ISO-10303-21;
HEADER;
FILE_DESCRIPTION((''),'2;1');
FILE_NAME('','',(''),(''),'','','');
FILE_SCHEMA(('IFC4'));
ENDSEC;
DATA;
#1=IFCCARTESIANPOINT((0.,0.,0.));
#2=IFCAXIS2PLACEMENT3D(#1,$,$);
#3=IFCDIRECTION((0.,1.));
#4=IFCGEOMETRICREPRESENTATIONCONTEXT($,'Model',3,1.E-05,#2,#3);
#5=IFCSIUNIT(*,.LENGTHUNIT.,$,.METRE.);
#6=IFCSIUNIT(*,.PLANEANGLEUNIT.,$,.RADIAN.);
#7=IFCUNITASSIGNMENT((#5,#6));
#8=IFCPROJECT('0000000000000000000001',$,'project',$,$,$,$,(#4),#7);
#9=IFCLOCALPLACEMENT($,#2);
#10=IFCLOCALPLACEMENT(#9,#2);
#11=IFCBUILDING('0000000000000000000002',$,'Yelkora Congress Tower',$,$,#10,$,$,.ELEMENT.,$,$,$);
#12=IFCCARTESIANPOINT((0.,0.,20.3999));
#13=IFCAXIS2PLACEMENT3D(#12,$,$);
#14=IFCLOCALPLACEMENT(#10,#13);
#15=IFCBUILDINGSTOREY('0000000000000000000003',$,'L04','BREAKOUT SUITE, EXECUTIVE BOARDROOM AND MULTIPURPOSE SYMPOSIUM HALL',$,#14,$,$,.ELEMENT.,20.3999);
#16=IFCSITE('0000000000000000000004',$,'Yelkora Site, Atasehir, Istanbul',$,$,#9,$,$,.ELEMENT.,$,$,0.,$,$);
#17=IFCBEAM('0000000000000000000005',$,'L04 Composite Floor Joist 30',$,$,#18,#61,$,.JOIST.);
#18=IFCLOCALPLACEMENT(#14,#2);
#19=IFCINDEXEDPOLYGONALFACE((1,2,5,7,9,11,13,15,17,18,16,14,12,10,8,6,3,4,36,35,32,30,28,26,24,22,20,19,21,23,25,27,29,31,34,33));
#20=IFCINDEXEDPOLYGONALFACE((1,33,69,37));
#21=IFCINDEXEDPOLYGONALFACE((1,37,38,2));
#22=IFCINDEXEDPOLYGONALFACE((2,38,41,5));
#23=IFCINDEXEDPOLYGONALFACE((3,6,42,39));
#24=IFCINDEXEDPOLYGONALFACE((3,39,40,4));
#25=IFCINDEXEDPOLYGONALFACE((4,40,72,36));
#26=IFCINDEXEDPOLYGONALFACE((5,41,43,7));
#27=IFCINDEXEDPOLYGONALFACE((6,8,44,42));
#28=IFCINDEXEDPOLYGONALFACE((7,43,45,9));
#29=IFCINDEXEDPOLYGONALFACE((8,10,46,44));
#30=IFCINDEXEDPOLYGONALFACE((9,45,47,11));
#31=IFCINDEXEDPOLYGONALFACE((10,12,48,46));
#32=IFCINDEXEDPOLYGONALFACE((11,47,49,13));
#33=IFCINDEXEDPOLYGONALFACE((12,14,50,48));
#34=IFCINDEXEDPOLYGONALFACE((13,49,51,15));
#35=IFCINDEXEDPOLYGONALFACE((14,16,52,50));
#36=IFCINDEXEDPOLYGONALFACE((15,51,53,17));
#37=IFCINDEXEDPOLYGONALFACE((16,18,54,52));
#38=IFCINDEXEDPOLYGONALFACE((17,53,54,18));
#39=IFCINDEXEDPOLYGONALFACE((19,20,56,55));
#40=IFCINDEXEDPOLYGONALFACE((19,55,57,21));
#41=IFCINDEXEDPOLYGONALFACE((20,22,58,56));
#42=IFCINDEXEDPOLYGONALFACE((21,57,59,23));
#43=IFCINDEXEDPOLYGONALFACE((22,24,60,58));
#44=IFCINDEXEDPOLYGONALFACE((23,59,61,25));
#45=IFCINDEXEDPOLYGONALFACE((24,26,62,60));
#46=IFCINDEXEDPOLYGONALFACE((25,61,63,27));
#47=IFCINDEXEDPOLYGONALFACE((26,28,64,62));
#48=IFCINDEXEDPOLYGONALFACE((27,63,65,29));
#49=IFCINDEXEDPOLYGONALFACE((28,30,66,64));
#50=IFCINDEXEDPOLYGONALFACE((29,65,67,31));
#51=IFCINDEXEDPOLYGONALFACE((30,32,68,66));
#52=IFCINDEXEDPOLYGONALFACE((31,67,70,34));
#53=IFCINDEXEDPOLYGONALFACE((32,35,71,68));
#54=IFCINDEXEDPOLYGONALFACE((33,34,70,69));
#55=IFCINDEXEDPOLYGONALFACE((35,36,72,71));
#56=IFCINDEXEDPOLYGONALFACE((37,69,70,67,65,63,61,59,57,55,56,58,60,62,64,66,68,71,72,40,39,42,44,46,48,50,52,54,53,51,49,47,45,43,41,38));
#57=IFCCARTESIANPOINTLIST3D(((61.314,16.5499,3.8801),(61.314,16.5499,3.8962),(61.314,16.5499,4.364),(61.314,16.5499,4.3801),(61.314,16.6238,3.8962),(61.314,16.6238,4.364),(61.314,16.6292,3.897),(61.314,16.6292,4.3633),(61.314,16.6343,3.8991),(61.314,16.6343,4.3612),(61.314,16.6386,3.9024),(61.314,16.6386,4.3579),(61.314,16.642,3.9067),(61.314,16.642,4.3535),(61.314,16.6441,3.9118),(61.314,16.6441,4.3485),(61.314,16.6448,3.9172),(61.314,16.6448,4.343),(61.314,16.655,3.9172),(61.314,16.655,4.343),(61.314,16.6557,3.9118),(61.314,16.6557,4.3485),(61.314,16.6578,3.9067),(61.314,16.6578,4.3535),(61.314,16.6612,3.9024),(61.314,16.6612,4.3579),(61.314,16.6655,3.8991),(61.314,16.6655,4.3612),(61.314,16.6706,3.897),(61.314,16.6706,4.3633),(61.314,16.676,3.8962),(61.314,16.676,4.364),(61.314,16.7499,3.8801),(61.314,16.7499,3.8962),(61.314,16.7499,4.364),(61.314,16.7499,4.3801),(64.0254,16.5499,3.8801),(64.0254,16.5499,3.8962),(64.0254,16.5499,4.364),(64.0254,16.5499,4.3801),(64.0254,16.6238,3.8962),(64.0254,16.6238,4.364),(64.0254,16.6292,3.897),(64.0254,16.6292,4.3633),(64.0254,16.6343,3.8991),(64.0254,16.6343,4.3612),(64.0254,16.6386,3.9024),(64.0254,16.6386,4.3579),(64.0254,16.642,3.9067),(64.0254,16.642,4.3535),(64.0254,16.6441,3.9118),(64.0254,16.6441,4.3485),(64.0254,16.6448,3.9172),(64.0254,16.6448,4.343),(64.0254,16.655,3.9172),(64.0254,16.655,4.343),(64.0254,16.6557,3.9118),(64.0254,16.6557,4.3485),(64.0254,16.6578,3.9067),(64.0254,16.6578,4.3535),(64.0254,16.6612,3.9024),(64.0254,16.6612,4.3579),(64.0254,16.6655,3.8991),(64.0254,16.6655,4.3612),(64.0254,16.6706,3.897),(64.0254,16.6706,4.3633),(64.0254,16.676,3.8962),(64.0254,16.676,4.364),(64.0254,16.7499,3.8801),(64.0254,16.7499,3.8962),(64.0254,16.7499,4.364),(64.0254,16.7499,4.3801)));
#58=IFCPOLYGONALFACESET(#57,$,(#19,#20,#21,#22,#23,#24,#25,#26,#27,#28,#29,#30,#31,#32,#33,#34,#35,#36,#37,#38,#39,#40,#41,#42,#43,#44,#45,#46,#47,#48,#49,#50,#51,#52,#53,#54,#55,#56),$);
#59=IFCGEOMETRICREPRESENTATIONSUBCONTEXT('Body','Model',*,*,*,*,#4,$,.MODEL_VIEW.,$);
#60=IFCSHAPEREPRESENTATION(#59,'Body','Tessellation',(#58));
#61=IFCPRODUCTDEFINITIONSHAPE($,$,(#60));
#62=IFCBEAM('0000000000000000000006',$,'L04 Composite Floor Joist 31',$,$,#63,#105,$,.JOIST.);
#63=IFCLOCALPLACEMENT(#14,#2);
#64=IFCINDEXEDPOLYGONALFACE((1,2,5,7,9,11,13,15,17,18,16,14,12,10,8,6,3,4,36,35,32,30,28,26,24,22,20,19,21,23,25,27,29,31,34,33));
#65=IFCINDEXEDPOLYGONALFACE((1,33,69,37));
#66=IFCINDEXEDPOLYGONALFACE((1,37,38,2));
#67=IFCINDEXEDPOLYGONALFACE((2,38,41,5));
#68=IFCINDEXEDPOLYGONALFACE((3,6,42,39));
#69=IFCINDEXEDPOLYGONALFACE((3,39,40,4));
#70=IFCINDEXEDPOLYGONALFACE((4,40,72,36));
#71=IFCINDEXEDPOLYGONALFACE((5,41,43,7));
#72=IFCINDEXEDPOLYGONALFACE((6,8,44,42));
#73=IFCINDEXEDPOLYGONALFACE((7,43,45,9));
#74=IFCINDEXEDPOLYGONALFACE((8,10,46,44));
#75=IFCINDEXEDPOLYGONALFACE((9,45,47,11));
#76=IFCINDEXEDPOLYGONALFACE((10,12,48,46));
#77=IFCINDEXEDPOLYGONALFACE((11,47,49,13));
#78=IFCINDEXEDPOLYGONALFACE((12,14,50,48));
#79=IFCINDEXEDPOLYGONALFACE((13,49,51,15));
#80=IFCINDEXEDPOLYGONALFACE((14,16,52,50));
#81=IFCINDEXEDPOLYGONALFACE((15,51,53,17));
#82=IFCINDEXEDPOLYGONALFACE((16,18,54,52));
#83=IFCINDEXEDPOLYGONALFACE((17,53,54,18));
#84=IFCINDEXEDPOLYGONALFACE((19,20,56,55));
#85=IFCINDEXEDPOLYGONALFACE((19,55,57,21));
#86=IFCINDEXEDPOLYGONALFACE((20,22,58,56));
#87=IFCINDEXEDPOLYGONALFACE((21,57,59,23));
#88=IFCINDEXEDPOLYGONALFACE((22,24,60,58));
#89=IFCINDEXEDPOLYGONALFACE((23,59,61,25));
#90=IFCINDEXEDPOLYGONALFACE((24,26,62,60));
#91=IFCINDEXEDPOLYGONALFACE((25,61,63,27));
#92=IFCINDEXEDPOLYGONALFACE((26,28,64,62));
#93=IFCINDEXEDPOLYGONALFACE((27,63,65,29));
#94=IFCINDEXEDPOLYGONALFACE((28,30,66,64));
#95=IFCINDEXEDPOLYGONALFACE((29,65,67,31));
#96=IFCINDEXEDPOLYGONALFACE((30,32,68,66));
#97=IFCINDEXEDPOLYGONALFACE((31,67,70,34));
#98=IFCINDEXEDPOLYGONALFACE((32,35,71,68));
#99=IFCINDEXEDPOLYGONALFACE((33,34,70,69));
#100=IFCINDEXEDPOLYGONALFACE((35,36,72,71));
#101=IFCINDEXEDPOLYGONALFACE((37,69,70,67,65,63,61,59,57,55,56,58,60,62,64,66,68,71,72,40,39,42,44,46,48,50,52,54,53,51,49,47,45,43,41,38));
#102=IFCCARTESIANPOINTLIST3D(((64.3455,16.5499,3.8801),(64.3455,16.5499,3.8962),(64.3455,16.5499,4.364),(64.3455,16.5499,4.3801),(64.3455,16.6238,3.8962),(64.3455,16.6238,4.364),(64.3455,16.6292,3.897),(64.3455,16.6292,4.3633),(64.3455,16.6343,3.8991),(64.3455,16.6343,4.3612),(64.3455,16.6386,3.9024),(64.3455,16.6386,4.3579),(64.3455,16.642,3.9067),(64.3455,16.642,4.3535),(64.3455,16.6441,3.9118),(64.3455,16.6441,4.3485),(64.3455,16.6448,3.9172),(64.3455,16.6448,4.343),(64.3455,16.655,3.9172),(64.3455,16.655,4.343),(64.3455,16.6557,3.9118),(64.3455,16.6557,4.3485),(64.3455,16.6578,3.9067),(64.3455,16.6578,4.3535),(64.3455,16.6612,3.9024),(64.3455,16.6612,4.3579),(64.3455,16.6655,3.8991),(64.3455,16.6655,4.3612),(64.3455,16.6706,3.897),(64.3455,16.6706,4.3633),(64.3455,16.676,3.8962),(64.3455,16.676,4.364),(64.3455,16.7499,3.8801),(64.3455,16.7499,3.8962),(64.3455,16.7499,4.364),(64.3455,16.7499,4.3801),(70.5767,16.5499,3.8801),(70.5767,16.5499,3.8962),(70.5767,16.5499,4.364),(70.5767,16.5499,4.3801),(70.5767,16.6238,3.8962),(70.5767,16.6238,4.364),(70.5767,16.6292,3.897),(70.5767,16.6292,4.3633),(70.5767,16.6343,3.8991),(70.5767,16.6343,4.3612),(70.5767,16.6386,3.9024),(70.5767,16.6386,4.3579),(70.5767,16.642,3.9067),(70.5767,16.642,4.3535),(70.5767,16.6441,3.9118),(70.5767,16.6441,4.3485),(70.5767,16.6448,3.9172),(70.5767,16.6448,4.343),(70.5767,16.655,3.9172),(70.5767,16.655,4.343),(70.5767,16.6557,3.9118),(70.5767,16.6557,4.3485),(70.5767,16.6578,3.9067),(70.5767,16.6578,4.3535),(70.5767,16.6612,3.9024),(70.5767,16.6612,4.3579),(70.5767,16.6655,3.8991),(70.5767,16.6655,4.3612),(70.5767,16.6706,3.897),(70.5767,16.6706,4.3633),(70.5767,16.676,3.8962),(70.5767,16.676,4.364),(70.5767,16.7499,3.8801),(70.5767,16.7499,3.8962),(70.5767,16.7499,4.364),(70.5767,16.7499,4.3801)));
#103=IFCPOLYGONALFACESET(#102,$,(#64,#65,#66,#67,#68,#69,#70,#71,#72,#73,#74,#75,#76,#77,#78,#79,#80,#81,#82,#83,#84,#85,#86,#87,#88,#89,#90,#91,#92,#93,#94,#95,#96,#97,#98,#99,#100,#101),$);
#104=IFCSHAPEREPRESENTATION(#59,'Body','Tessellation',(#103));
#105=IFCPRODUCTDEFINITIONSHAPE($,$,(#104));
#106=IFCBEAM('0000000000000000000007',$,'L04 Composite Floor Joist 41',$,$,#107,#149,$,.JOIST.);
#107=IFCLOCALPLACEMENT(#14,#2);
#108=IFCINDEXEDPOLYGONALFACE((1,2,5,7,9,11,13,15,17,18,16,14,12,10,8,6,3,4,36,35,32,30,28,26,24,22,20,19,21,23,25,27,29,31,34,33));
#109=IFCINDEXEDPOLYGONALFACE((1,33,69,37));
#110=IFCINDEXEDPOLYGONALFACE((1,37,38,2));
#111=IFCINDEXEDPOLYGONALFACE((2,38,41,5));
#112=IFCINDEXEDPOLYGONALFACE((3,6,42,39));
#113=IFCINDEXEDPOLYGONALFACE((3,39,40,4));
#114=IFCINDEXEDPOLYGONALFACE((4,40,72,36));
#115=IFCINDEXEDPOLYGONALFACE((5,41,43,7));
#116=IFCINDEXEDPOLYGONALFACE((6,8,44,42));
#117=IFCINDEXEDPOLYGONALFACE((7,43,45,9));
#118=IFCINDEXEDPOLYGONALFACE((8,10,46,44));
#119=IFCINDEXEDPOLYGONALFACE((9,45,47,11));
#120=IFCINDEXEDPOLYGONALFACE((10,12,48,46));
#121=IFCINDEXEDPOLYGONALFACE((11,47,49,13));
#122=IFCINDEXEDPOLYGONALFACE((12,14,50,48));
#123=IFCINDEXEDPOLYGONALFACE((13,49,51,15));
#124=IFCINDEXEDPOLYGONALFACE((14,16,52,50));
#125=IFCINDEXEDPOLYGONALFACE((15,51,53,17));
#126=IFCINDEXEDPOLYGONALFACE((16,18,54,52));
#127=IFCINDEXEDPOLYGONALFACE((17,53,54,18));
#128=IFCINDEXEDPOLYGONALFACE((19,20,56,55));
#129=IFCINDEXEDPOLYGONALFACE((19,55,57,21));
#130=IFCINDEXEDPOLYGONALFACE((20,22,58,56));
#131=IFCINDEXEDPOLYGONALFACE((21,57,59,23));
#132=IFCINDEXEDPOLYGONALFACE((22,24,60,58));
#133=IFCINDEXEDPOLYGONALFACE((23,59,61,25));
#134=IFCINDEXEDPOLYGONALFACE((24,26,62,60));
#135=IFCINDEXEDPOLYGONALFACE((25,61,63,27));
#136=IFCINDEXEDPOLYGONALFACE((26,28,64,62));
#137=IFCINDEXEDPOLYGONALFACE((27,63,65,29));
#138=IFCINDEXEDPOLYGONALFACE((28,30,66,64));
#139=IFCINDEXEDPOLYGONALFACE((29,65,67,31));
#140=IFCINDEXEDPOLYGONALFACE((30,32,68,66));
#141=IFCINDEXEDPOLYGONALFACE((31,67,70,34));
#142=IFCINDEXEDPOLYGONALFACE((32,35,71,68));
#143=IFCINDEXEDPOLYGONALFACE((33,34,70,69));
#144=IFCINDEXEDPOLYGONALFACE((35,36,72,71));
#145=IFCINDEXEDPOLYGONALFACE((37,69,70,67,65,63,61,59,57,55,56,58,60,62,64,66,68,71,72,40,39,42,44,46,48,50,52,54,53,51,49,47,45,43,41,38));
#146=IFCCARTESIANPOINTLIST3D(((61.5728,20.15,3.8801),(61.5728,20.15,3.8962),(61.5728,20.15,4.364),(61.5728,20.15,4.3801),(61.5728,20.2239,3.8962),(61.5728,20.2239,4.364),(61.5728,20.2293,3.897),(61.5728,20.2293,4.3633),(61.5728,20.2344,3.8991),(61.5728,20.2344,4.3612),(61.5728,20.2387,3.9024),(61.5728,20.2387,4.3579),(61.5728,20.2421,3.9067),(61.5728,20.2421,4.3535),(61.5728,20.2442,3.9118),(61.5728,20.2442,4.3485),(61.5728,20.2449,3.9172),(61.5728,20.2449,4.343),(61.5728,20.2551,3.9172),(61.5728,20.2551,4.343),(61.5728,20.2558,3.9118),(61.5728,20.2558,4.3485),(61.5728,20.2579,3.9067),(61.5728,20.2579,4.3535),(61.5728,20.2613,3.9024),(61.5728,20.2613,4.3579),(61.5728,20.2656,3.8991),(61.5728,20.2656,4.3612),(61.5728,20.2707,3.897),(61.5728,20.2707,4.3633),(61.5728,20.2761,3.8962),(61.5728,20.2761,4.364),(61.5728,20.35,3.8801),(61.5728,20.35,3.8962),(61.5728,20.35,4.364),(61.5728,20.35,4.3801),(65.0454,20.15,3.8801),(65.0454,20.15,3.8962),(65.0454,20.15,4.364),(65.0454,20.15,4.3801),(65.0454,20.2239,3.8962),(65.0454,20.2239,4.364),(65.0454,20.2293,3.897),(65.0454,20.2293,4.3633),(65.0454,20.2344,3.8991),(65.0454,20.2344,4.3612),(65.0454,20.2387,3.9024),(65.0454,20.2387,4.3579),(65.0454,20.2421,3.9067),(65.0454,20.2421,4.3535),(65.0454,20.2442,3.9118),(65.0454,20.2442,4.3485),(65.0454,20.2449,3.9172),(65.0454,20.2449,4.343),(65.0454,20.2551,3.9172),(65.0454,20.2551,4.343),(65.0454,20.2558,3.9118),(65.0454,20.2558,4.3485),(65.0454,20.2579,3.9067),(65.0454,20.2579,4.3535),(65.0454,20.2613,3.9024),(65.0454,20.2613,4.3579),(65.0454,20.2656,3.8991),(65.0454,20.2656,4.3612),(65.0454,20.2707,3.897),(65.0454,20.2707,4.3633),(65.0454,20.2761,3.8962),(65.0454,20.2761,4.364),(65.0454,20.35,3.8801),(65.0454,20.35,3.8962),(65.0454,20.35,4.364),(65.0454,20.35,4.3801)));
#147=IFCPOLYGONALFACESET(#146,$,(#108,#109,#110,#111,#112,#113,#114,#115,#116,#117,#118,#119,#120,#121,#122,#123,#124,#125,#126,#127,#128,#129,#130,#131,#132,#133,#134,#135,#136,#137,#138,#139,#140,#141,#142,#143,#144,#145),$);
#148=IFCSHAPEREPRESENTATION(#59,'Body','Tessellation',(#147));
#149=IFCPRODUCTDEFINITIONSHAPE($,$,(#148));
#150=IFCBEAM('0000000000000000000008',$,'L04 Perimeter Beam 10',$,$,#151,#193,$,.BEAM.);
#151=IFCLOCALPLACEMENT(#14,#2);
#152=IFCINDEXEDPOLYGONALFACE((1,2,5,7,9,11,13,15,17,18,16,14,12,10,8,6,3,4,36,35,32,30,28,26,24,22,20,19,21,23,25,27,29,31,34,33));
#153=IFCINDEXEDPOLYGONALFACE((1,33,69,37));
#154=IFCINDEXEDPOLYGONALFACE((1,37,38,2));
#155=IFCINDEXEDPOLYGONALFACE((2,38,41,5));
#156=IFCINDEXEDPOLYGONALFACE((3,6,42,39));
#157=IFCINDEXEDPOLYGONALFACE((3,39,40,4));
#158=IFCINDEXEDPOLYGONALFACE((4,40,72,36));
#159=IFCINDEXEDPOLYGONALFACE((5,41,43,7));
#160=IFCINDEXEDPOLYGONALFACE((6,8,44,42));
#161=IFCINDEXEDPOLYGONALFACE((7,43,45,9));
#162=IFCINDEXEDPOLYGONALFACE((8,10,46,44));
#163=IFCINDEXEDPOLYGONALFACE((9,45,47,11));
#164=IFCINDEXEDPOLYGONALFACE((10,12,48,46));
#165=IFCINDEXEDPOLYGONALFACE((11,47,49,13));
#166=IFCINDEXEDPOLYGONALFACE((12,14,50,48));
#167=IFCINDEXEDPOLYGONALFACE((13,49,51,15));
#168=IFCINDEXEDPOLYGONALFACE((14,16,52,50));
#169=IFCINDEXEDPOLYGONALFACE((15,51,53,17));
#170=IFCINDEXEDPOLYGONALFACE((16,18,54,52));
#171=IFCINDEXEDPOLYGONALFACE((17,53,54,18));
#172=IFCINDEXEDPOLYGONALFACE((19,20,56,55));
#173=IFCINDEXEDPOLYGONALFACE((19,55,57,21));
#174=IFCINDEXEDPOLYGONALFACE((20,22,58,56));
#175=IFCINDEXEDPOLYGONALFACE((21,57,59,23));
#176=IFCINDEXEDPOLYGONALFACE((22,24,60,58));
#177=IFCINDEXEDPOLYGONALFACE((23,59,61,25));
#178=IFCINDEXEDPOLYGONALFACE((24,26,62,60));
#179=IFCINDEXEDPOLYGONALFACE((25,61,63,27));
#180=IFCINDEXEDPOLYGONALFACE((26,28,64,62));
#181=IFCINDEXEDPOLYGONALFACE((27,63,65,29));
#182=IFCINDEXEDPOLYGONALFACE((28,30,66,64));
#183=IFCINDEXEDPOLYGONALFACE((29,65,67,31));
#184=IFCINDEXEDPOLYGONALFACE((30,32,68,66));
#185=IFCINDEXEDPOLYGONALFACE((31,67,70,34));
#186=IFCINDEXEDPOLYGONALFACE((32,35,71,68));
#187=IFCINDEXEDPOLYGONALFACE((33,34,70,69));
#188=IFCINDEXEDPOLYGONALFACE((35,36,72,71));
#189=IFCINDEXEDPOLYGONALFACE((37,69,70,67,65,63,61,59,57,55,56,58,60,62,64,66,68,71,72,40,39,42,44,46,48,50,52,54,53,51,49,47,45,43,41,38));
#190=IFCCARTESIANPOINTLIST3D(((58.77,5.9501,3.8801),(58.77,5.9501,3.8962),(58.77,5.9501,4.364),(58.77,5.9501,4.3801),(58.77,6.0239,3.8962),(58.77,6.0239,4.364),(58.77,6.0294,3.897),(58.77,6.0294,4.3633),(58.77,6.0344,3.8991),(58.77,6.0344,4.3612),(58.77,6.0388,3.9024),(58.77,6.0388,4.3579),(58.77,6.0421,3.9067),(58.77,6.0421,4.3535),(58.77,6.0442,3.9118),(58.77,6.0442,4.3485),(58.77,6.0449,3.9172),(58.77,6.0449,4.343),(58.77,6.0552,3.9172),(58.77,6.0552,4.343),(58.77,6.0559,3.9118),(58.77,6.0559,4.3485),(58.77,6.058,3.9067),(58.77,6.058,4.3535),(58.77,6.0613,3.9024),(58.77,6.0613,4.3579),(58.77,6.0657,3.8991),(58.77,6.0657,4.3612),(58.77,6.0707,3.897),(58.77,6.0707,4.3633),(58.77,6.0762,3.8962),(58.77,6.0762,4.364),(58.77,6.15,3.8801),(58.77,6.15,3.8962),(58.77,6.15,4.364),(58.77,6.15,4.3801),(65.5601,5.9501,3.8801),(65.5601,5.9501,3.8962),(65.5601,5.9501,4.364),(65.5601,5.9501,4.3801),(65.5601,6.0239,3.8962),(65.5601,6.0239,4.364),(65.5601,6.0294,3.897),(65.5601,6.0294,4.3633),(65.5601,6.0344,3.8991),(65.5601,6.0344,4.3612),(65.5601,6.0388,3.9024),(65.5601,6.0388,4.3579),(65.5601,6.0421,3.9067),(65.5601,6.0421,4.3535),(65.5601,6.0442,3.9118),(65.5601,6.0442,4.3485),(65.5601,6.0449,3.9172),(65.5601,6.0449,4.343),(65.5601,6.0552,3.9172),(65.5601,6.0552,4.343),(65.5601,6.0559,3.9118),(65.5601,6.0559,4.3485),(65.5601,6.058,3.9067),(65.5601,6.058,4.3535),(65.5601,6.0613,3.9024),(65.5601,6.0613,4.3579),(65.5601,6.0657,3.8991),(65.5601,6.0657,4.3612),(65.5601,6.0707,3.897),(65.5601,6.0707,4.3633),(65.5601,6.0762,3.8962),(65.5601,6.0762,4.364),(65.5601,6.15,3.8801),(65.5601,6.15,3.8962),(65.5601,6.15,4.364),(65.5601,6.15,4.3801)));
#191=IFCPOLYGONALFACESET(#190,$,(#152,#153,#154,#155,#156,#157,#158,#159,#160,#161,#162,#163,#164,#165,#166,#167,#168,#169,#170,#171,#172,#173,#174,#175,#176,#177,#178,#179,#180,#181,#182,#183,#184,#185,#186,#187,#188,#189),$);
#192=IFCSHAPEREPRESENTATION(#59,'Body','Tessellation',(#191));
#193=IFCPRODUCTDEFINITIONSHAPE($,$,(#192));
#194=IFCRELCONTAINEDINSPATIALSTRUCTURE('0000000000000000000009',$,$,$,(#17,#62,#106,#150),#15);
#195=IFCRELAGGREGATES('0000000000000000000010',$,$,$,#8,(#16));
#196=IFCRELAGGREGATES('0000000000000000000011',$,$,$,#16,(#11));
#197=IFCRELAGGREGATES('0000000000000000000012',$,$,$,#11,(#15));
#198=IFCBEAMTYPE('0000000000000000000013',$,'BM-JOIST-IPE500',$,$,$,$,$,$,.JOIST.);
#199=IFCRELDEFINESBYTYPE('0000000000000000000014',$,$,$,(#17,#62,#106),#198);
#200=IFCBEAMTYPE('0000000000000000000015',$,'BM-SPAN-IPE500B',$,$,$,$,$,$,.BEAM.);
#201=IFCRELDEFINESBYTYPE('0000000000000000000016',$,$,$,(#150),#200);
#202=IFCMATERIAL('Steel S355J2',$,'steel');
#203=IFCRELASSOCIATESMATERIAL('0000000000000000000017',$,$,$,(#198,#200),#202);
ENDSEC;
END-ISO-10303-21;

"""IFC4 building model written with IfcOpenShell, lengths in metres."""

from ifc_helpers import new_model, si_unit, direction, frame, origin, origin_2d, place, context, subcontext, project, spatial, i_section, extrude, material, material_profile, profile_set, type_object, element, save


model = new_model("IFC4")

# Units and contexts
model_context = context("Model", 3, precision=1e-05, world=origin(), true_north=direction((0.0, 1.0)))
body_context = subcontext(model_context, "Body", "Model", "MODEL_VIEW")
ifc_project = project(units=[si_unit("LENGTHUNIT", "METRE"), si_unit("PLANEANGLEUNIT", "RADIAN")], contexts=[model_context])

# Site, building, storey
site_placement = place(None, origin())
site = spatial("IfcSite", under=ifc_project, at=site_placement, Name="Yelkora Site, Atasehir, Istanbul", CompositionType="ELEMENT", RefElevation=0.0)
building_placement = place(site_placement, origin())
building = spatial("IfcBuilding", under=site, at=building_placement, Name="Yelkora Congress Tower", CompositionType="ELEMENT")
storey_placement = place(building_placement, frame((0.0, 0.0, 20.3999)))
storey = spatial("IfcBuildingStorey", under=building, at=storey_placement, Name="L04", Description="BREAKOUT SUITE, EXECUTIVE BOARDROOM AND MULTIPURPOSE SYMPOSIUM HALL", CompositionType="ELEMENT", Elevation=20.3999)

# Beams
ifc_material_1 = material(Name="Steel S355J2", Category="steel")
ifc_material_profile_1 = material_profile(ifc_material_1, i_section(OverallWidth=0.2, OverallDepth=0.5, WebThickness=0.0103, FlangeThickness=0.0161, FilletRadius=0.021, at=origin_2d()), Name="IPE 500")
ifc_profile_set_1 = profile_set([ifc_material_profile_1], Name="Steel S355J2")
beam_type_1 = type_object("IfcBeamType", Name="BM-JOIST-IPE500", PredefinedType="JOIST", material=ifc_profile_set_1)
beam_1_placement = place(storey_placement, frame((61.314, 16.6499, 4.1301), z_axis=(1.0, 0.0, 0.0), x_axis=(0.0, 1.0, 0.0)))
element("IfcBeam", 1, at=beam_1_placement, inside=storey, type_object=beam_type_1, Name="L04 Composite Floor Joist 30", PredefinedType="JOIST", context=body_context, shape_type="SweptSolid", body=[
    extrude(i_section(OverallWidth=0.2, OverallDepth=0.5, WebThickness=0.0103, FlangeThickness=0.0161, FilletRadius=0.021, at=origin_2d()), origin(), (0.0, 0.0, 1.0), 2.7114),
])
beam_2_placement = place(storey_placement, frame((64.3455, 16.6499, 4.1301), z_axis=(1.0, 0.0, 0.0), x_axis=(0.0, 1.0, 0.0)))
element("IfcBeam", 2, at=beam_2_placement, inside=storey, type_object=beam_type_1, Name="L04 Composite Floor Joist 31", PredefinedType="JOIST", context=body_context, shape_type="SweptSolid", body=[
    extrude(i_section(OverallWidth=0.2, OverallDepth=0.5, WebThickness=0.0103, FlangeThickness=0.0161, FilletRadius=0.021, at=origin_2d()), origin(), (0.0, 0.0, 1.0), 6.2312),
])
beam_3_placement = place(storey_placement, frame((61.5728, 20.25, 4.1301), z_axis=(1.0, 0.0, 0.0), x_axis=(0.0, 1.0, 0.0)))
element("IfcBeam", 3, at=beam_3_placement, inside=storey, type_object=beam_type_1, Name="L04 Composite Floor Joist 41", PredefinedType="JOIST", context=body_context, shape_type="SweptSolid", body=[
    extrude(i_section(OverallWidth=0.2, OverallDepth=0.5, WebThickness=0.0103, FlangeThickness=0.0161, FilletRadius=0.021, at=origin_2d()), origin(), (0.0, 0.0, 1.0), 3.4727),
])
ifc_material_profile_2 = material_profile(ifc_material_1, i_section(OverallWidth=0.2, OverallDepth=0.5, WebThickness=0.0103, FlangeThickness=0.0161, FilletRadius=0.021, at=origin_2d()), Name="IPE 500")
ifc_profile_set_2 = profile_set([ifc_material_profile_2], Name="Steel S355J2")
beam_type_2 = type_object("IfcBeamType", Name="BM-SPAN-IPE500B", PredefinedType="BEAM", material=ifc_profile_set_2)
for number, where, z_axis, x_axis, name in (
    (4, (58.77, 6.05, 4.1301), (1.0, 0.0, 0.0), (0.0, 1.0, 0.0), "L04 Perimeter Beam 10"),
):
    element("IfcBeam", number, at=place(storey_placement, frame(where, z_axis=z_axis, x_axis=x_axis)), inside=storey, type_object=beam_type_2, Name=name, PredefinedType="BEAM", context=body_context, shape_type="SweptSolid", body=[
        extrude(i_section(OverallWidth=0.2, OverallDepth=0.5, WebThickness=0.0103, FlangeThickness=0.0161, FilletRadius=0.021, at=origin_2d()), origin(), (0.0, 0.0, 1.0), 6.79),
    ])

save(model, "model.ifc")
